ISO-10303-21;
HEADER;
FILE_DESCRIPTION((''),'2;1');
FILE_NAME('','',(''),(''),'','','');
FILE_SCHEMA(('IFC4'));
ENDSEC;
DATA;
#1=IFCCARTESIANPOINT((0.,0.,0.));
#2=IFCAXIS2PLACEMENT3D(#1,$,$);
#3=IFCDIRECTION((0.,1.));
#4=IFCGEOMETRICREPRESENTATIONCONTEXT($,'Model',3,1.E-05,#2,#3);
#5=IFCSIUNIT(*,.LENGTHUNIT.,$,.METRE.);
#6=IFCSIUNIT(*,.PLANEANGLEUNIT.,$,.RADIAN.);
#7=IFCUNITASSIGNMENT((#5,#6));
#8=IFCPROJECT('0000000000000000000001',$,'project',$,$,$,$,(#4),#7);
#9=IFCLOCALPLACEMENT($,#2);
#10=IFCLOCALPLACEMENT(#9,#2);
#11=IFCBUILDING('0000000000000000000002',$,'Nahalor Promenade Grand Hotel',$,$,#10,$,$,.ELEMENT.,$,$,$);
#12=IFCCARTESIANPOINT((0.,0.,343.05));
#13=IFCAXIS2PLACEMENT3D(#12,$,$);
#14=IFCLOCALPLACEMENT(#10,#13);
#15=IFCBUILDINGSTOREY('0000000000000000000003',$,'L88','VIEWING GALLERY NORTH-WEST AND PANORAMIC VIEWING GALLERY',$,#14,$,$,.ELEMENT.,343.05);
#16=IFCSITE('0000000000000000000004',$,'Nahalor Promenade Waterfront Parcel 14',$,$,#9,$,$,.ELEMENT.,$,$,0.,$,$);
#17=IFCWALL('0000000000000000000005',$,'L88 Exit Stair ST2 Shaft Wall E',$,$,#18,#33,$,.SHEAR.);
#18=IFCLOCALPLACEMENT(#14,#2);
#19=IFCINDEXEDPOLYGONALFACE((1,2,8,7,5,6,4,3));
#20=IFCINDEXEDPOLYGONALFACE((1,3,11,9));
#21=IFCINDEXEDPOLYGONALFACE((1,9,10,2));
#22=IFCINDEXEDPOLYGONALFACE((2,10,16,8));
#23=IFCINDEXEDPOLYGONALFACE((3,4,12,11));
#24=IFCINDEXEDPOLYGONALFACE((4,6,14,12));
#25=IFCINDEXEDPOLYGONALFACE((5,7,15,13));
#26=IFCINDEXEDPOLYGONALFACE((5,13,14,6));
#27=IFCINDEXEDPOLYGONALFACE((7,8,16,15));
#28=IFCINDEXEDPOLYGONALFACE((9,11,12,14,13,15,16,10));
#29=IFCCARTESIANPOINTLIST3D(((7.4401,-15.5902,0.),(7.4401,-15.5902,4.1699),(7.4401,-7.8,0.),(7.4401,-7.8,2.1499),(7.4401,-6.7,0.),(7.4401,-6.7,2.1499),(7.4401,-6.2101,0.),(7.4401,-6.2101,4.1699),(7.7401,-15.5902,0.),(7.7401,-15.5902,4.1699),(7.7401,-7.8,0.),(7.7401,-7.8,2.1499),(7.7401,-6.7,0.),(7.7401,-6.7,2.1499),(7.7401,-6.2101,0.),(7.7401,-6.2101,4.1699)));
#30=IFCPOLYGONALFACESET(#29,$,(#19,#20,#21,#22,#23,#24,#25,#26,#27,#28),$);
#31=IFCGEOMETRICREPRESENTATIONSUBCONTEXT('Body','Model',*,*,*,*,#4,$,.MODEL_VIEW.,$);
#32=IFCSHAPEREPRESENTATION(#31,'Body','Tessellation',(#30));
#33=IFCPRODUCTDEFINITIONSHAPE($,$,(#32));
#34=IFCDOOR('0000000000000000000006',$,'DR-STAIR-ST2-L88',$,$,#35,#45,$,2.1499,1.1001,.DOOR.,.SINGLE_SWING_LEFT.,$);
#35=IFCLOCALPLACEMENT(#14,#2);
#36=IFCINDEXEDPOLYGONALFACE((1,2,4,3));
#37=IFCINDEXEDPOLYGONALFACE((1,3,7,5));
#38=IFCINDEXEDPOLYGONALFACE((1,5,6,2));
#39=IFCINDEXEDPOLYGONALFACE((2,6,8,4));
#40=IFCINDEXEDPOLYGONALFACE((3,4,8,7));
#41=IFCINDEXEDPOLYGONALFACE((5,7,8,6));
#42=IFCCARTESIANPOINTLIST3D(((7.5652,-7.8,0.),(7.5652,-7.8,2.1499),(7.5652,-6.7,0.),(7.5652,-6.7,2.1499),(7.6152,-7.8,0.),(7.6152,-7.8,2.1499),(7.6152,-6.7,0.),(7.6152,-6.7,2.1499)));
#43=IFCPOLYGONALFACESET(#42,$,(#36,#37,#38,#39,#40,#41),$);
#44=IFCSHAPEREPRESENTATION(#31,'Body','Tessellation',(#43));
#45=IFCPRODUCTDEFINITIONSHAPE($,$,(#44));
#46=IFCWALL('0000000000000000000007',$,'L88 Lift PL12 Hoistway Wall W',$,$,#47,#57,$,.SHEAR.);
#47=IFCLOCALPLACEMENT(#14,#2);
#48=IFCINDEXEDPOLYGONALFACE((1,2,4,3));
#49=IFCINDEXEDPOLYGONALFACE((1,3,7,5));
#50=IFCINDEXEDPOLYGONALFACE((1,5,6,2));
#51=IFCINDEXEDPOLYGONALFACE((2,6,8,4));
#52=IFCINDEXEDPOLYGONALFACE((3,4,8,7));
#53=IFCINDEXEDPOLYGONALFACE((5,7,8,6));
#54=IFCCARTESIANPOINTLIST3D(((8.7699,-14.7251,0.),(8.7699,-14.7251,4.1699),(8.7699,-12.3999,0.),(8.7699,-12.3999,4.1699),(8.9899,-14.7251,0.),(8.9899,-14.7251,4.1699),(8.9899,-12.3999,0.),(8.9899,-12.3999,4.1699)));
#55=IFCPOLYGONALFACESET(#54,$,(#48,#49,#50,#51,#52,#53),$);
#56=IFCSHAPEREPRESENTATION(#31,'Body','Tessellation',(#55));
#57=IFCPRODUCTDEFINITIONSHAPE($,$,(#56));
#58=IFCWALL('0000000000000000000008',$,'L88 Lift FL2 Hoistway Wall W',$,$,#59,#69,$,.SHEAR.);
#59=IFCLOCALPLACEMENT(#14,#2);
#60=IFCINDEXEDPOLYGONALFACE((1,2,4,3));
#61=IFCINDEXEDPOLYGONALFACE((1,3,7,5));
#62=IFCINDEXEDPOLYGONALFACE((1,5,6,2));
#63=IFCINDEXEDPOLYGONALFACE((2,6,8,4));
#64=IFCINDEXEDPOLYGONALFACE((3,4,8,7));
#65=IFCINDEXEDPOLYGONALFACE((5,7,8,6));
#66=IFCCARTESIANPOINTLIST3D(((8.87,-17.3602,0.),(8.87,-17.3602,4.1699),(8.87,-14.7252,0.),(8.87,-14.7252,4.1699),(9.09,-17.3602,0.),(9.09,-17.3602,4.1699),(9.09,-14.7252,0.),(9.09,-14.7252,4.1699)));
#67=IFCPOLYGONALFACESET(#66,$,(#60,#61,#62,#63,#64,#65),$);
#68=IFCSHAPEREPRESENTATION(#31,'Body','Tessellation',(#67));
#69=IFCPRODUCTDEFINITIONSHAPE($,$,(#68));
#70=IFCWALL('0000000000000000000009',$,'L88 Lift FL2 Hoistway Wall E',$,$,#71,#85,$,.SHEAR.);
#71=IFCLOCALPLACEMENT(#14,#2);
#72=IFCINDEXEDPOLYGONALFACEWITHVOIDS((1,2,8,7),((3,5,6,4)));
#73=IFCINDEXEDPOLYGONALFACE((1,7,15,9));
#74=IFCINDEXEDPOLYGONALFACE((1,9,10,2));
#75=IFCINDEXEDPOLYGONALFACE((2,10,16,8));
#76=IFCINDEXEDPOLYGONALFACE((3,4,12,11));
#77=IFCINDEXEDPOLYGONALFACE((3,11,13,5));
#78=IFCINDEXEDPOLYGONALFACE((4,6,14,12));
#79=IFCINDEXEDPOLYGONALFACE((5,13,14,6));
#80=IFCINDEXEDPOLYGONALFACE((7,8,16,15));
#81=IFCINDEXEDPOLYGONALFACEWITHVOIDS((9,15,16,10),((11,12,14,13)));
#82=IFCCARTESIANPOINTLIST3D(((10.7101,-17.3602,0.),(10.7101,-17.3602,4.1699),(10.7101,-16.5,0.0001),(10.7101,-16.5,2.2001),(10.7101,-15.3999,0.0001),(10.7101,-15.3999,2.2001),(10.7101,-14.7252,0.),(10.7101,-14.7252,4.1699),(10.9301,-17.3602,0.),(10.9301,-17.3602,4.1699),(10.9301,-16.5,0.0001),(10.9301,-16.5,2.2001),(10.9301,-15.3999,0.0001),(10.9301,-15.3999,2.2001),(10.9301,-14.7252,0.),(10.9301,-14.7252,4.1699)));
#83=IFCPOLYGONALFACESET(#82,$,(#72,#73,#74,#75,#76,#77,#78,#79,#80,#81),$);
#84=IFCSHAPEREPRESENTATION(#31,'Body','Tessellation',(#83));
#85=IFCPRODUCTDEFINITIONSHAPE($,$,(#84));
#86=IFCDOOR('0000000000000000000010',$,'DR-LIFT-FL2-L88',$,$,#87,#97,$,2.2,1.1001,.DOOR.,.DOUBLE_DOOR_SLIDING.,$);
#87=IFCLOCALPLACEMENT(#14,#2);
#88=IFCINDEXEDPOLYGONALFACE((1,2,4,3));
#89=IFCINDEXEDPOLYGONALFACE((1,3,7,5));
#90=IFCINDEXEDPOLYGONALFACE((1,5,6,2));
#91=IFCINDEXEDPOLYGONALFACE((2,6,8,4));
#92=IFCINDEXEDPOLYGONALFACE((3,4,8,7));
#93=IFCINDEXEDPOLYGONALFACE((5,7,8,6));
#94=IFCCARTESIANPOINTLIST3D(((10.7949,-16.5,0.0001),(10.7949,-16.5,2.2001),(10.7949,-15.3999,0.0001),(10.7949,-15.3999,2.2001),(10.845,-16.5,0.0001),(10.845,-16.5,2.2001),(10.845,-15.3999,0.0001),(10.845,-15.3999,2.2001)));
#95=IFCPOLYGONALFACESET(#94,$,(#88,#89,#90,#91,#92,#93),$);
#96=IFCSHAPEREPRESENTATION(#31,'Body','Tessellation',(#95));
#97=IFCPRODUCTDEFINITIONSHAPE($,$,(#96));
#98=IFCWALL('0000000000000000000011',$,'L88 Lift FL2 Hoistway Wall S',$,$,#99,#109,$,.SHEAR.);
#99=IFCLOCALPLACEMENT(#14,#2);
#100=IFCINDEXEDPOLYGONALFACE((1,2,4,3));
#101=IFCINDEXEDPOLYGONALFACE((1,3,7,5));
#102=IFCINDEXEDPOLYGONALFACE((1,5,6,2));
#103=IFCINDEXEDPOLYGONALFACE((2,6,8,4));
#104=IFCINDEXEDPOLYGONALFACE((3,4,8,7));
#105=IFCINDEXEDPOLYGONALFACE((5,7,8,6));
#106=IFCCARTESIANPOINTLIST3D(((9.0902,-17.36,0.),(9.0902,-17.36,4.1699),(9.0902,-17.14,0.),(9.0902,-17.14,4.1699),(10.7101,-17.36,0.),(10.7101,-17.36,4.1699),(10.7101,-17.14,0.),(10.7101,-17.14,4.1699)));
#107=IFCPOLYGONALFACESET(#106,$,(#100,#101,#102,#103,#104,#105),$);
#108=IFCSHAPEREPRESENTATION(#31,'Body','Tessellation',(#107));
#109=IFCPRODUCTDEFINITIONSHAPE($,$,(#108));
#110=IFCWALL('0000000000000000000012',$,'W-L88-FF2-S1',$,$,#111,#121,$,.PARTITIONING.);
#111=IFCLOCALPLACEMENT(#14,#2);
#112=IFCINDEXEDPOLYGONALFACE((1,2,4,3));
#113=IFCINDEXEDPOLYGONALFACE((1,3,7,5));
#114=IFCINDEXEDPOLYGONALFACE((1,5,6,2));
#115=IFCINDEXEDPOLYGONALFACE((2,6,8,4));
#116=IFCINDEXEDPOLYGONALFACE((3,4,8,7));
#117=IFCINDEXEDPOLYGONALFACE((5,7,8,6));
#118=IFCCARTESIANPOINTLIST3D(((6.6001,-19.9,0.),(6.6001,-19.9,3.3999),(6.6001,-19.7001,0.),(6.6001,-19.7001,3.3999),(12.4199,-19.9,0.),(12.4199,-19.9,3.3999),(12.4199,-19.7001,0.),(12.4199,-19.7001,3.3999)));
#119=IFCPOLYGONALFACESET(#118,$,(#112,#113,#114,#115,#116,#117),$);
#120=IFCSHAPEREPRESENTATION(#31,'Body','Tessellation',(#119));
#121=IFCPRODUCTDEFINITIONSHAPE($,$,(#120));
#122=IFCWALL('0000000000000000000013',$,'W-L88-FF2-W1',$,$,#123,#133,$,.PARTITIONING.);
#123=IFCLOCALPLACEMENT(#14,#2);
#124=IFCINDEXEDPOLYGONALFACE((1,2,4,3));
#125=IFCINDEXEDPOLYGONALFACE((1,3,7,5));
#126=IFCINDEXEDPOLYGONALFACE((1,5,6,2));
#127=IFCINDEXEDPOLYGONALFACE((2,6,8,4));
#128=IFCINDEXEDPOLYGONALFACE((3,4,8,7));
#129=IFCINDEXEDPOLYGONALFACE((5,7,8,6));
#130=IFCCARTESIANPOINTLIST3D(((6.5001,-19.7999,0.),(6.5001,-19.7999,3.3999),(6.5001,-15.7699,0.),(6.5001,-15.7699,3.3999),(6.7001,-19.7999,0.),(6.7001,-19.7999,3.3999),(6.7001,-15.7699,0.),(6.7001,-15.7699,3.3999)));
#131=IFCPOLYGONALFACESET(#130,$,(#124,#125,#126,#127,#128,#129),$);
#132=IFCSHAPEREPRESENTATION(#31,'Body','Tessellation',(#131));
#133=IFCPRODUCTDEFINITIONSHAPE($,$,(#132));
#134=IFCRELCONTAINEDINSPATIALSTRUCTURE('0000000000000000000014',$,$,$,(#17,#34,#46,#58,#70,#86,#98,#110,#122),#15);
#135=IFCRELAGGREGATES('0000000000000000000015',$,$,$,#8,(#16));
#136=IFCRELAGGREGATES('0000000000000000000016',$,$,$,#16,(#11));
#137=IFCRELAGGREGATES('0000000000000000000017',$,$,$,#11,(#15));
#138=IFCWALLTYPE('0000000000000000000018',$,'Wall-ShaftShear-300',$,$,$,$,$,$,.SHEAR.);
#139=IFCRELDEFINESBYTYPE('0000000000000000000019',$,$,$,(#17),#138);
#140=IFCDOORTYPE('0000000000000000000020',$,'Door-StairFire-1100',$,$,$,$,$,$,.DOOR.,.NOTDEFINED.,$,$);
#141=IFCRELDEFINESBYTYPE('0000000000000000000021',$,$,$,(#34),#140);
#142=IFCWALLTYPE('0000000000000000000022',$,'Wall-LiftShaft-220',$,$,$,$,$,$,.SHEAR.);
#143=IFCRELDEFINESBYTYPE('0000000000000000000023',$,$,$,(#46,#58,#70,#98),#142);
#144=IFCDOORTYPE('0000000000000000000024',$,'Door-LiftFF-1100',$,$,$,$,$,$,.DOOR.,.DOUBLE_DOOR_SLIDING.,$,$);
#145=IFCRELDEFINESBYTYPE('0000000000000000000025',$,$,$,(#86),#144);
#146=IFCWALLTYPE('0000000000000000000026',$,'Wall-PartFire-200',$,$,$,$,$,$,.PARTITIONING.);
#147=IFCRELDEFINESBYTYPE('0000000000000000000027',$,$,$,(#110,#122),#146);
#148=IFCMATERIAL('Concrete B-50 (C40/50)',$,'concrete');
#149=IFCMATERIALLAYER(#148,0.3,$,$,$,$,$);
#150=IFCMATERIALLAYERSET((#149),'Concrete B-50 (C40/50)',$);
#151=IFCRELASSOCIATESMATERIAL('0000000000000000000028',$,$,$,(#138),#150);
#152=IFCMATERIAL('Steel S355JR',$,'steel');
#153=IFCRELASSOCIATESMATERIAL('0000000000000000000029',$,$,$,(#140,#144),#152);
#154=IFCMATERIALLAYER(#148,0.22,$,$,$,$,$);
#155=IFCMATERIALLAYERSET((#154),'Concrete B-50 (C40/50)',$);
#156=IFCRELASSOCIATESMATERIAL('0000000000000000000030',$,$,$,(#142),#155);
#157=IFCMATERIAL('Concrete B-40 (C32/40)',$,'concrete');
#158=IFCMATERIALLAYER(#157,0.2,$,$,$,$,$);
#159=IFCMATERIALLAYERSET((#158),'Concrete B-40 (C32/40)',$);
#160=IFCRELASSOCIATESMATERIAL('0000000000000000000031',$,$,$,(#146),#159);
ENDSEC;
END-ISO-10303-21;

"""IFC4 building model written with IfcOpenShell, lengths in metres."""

from ifc_helpers import new_model, si_unit, direction, frame, frame_2d, origin, place, context, subcontext, project, spatial, rectangle, extrude, source, transform, mapped, material, layer, layer_set, type_object, element, fill, save


model = new_model("IFC4")

# Units and contexts
model_context = context("Model", 3, precision=1e-05, world=origin(), true_north=direction((0.0, 1.0)))
body_context = subcontext(model_context, "Body", "Model", "MODEL_VIEW")
ifc_project = project(units=[si_unit("LENGTHUNIT", "METRE"), si_unit("PLANEANGLEUNIT", "RADIAN")], contexts=[model_context])

# Site, building, storey
site_placement = place(None, origin())
site = spatial("IfcSite", under=ifc_project, at=site_placement, Name="Nahalor Promenade Waterfront Parcel 14", CompositionType="ELEMENT", RefElevation=0.0)
building_placement = place(site_placement, origin())
building = spatial("IfcBuilding", under=site, at=building_placement, Name="Nahalor Promenade Grand Hotel", CompositionType="ELEMENT")
storey_placement = place(building_placement, frame((0.0, 0.0, 343.05)))
storey = spatial("IfcBuildingStorey", under=building, at=storey_placement, Name="L88", Description="VIEWING GALLERY NORTH-WEST AND PANORAMIC VIEWING GALLERY", CompositionType="ELEMENT", Elevation=343.05)

# Shared definitions
ifc_material_1 = material(Name="Concrete B-50 (C40/50)", Category="concrete")
ifc_material_2 = material(Name="Steel S355JR", Category="steel")

# Shared definitions
ifc_layer_1 = layer(ifc_material_1, 0.3)
ifc_layer_set_1 = layer_set([ifc_layer_1], Name="Concrete B-50 (C40/50)")
wall_type_1 = type_object("IfcWallType", Name="Wall-ShaftShear-300", PredefinedType="SHEAR", material=ifc_layer_set_1)
shared_shape_1 = source(origin(), body_context, "Body", "SweptSolid", [
    extrude(rectangle(XDim=9.3801, YDim=0.3, at=frame_2d((4.6899, 0.0))), origin(), (0.0, 0.0, 1.0), 4.1699),
])

# Wall, opening, door
wall_1_placement = place(storey_placement, frame((7.5901, -15.5901, 0.0), z_axis=(0.0, 0.0, 1.0), x_axis=(0.0, 1.0, 0.0)))
wall_1 = element("IfcWall", 1, at=wall_1_placement, inside=storey, type_object=wall_type_1, Name="L88 Exit Stair ST2 Shaft Wall E", PredefinedType="SHEAR", context=body_context, shape_type="MappedRepresentation", body=[
    mapped(shared_shape_1, transform((0.0, 0.0, 0.0), scale=1.0)),
])
opening_1_placement = place(wall_1_placement, frame((7.79, 0.0, 0.0)))
opening_1 = element("IfcOpeningElement", 2, at=opening_1_placement, cuts=wall_1, PredefinedType="OPENING", context=body_context, shape_type="SweptSolid", body=[
    extrude(rectangle(XDim=1.1001, YDim=2.1499, at=frame_2d((0.55, 1.075))), frame((0.0, 0.1599, 0.0), z_axis=(0.0, -1.0, 0.0), x_axis=(1.0, 0.0, 0.0)), (0.0, 0.0, 1.0), 0.3201),
])
door_type_1 = type_object("IfcDoorType", Name="Door-StairFire-1100", OperationType="NOTDEFINED", PredefinedType="DOOR", material=ifc_material_2)
shared_shape_2 = source(origin(), body_context, "Body", "SweptSolid", [
    extrude(rectangle(XDim=1.1001, YDim=2.1499, at=frame_2d((0.55, 1.075))), frame((0.0, 0.0249, 0.0), z_axis=(0.0, -1.0, 0.0), x_axis=(1.0, 0.0, 0.0)), (0.0, 0.0, 1.0), 0.05),
])
door_1_placement = place(opening_1_placement, origin())
door_1 = element("IfcDoor", 3, at=door_1_placement, inside=storey, type_object=door_type_1, Name="DR-STAIR-ST2-L88", OperationType="SINGLE_SWING_LEFT", OverallHeight=2.1499, OverallWidth=1.1001, PredefinedType="DOOR", context=body_context, shape_type="MappedRepresentation", body=[
    mapped(shared_shape_2, transform((0.0, 0.0, 0.0), scale=1.0)),
])
fill(opening_1, door_1)

# Walls
ifc_layer_2 = layer(ifc_material_1, 0.22)
ifc_layer_set_2 = layer_set([ifc_layer_2], Name="Concrete B-50 (C40/50)")
wall_type_2 = type_object("IfcWallType", Name="Wall-LiftShaft-220", PredefinedType="SHEAR", material=ifc_layer_set_2)
shared_shape_3 = source(origin(), body_context, "Body", "SweptSolid", [
    extrude(rectangle(XDim=2.3252, YDim=0.22, at=frame_2d((1.1626, 0.0))), origin(), (0.0, 0.0, 1.0), 4.1699),
])
wall_2_placement = place(storey_placement, frame((8.8799, -14.7251, 0.0), z_axis=(0.0, 0.0, 1.0), x_axis=(0.0, 1.0, 0.0)))
element("IfcWall", 4, at=wall_2_placement, inside=storey, type_object=wall_type_2, Name="L88 Lift PL12 Hoistway Wall W", PredefinedType="SHEAR", context=body_context, shape_type="MappedRepresentation", body=[
    mapped(shared_shape_3, transform((0.0, 0.0, 0.0), scale=1.0)),
])
shared_shape_4 = source(origin(), body_context, "Body", "SweptSolid", [
    extrude(rectangle(XDim=2.635, YDim=0.22, at=frame_2d((1.3174, 0.0))), origin(), (0.0, 0.0, 1.0), 4.1699),
])
wall_3_placement = place(storey_placement, frame((8.98, -17.3601, 0.0), z_axis=(0.0, 0.0, 1.0), x_axis=(0.0, 1.0, 0.0)))
element("IfcWall", 5, at=wall_3_placement, inside=storey, type_object=wall_type_2, Name="L88 Lift FL2 Hoistway Wall W", PredefinedType="SHEAR", context=body_context, shape_type="MappedRepresentation", body=[
    mapped(shared_shape_4, transform((0.0, 0.0, 0.0), scale=1.0)),
])

# Wall, opening, door
wall_4_placement = place(storey_placement, frame((10.8201, -17.3601, 0.0), z_axis=(0.0, 0.0, 1.0), x_axis=(0.0, 1.0, 0.0)))
wall_4 = element("IfcWall", 6, at=wall_4_placement, inside=storey, type_object=wall_type_2, Name="L88 Lift FL2 Hoistway Wall E", PredefinedType="SHEAR", context=body_context, shape_type="MappedRepresentation", body=[
    mapped(shared_shape_4, transform((0.0, 0.0, 0.0), scale=1.0)),
])
opening_2_placement = place(wall_4_placement, frame((0.8601, 0.0, 0.0)))
opening_2 = element("IfcOpeningElement", 7, at=opening_2_placement, cuts=wall_4, PredefinedType="OPENING", context=body_context, shape_type="SweptSolid", body=[
    extrude(rectangle(XDim=1.1001, YDim=2.2, at=frame_2d((0.55, 1.1001))), frame((0.0, 0.1199, 0.0), z_axis=(0.0, -1.0, 0.0), x_axis=(1.0, 0.0, 0.0)), (0.0, 0.0, 1.0), 0.24),
])
door_type_2 = type_object("IfcDoorType", Name="Door-LiftFF-1100", OperationType="DOUBLE_DOOR_SLIDING", PredefinedType="DOOR", material=ifc_material_2)
shared_shape_5 = source(origin(), body_context, "Body", "SweptSolid", [
    extrude(rectangle(XDim=1.1001, YDim=2.2, at=frame_2d((0.55, 1.1001))), frame((0.0, 0.0249, 0.0), z_axis=(0.0, -1.0, 0.0), x_axis=(1.0, 0.0, 0.0)), (0.0, 0.0, 1.0), 0.05),
])
door_2_placement = place(opening_2_placement, frame((1.1001, 0.0, 0.0), z_axis=(0.0, 0.0, 1.0), x_axis=(-1.0, 0.0, 0.0)))
door_2 = element("IfcDoor", 8, at=door_2_placement, inside=storey, type_object=door_type_2, Name="DR-LIFT-FL2-L88", OperationType="DOUBLE_DOOR_SLIDING", OverallHeight=2.2, OverallWidth=1.1001, PredefinedType="DOOR", context=body_context, shape_type="MappedRepresentation", body=[
    mapped(shared_shape_5, transform((0.0, 0.0, 0.0), scale=1.0)),
])
fill(opening_2, door_2)

# Walls
shared_shape_6 = source(origin(), body_context, "Body", "SweptSolid", [
    extrude(rectangle(XDim=1.6199, YDim=0.22, at=frame_2d((0.8101, 0.0))), origin(), (0.0, 0.0, 1.0), 4.1699),
])
wall_5_placement = place(storey_placement, frame((9.0901, -17.25, 0.0), z_axis=(0.0, 0.0, 1.0), x_axis=(1.0, 0.0, 0.0)))
element("IfcWall", 9, at=wall_5_placement, inside=storey, type_object=wall_type_2, Name="L88 Lift FL2 Hoistway Wall S", PredefinedType="SHEAR", context=body_context, shape_type="MappedRepresentation", body=[
    mapped(shared_shape_6, transform((0.0, 0.0, 0.0), scale=1.0)),
])
ifc_material_3 = material(Name="Concrete B-40 (C32/40)", Category="concrete")
ifc_layer_3 = layer(ifc_material_3, 0.2)
ifc_layer_set_3 = layer_set([ifc_layer_3], Name="Concrete B-40 (C32/40)")
wall_type_3 = type_object("IfcWallType", Name="Wall-PartFire-200", PredefinedType="PARTITIONING", material=ifc_layer_set_3)
shared_shape_7 = source(origin(), body_context, "Body", "SweptSolid", [
    extrude(rectangle(XDim=5.8198, YDim=0.2, at=frame_2d((2.9099, 0.0))), origin(), (0.0, 0.0, 1.0), 3.3999),
])
wall_6_placement = place(storey_placement, frame((6.6001, -19.8, 0.0), z_axis=(0.0, 0.0, 1.0), x_axis=(1.0, 0.0, 0.0)))
element("IfcWall", 10, at=wall_6_placement, inside=storey, type_object=wall_type_3, Name="W-L88-FF2-S1", PredefinedType="PARTITIONING", context=body_context, shape_type="MappedRepresentation", body=[
    mapped(shared_shape_7, transform((0.0, 0.0, 0.0), scale=1.0)),
])
shared_shape_8 = source(origin(), body_context, "Body", "SweptSolid", [
    extrude(rectangle(XDim=4.03, YDim=0.2, at=frame_2d((2.0151, 0.0))), origin(), (0.0, 0.0, 1.0), 3.3999),
])
wall_7_placement = place(storey_placement, frame((6.6001, -19.8, 0.0), z_axis=(0.0, 0.0, 1.0), x_axis=(0.0, 1.0, 0.0)))
element("IfcWall", 11, at=wall_7_placement, inside=storey, type_object=wall_type_3, Name="W-L88-FF2-W1", PredefinedType="PARTITIONING", context=body_context, shape_type="MappedRepresentation", body=[
    mapped(shared_shape_8, transform((0.0, 0.0, 0.0), scale=1.0)),
])

save(model, "model.ifc")
